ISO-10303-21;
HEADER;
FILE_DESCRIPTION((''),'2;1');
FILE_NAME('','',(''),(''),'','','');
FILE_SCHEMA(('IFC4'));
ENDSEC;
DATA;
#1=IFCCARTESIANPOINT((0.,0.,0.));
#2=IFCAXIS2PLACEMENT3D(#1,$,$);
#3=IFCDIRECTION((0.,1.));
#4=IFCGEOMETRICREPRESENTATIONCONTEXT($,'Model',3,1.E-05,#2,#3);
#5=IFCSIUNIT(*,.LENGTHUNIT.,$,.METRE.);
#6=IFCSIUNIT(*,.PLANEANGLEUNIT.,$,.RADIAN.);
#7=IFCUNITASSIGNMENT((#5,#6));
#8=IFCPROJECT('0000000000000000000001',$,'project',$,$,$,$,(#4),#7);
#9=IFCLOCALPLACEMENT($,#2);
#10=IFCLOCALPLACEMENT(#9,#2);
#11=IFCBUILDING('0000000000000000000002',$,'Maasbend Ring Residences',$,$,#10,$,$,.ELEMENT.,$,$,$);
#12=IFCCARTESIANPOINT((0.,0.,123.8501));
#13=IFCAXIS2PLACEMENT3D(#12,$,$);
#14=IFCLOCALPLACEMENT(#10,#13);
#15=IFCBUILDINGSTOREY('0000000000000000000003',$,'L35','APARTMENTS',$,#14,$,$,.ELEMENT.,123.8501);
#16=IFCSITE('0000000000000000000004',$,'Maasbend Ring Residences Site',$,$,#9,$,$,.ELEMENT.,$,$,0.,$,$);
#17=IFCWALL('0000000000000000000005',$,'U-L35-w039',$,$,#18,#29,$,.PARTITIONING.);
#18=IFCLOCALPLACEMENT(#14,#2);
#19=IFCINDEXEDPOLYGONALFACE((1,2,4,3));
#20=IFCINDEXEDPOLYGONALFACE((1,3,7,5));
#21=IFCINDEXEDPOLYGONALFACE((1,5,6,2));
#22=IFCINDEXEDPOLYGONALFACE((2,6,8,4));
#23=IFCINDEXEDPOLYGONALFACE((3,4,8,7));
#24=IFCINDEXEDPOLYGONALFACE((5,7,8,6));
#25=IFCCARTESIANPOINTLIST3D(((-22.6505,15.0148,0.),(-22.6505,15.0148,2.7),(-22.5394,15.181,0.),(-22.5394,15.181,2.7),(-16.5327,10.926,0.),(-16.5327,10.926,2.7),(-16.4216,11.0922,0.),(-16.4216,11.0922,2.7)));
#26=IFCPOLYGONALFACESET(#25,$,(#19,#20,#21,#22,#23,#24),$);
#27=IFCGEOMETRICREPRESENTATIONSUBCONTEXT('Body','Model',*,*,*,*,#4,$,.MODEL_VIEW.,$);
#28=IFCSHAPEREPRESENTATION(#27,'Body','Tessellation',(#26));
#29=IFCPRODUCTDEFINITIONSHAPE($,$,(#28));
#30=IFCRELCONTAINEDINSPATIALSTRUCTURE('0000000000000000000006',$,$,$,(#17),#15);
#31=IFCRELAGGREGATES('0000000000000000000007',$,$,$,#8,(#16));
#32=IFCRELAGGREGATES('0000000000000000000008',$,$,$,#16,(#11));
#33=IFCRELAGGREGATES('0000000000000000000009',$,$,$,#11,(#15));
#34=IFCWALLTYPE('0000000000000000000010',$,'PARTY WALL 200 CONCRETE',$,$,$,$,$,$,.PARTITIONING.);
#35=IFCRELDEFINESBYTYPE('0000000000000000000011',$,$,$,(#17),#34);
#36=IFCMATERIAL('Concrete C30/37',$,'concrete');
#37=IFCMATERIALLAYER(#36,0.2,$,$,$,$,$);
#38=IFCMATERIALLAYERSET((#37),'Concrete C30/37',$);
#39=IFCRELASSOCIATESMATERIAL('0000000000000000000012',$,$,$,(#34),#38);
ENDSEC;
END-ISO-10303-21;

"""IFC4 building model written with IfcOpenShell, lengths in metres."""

from ifc_helpers import new_model, si_unit, direction, frame, frame_2d, origin, place, context, subcontext, project, spatial, rectangle, extrude, material, layer, layer_set, type_object, element, save


model = new_model("IFC4")

# Units and contexts
model_context = context("Model", 3, precision=1e-05, world=origin(), true_north=direction((0.0, 1.0)))
body_context = subcontext(model_context, "Body", "Model", "MODEL_VIEW")
ifc_project = project(units=[si_unit("LENGTHUNIT", "METRE"), si_unit("PLANEANGLEUNIT", "RADIAN")], contexts=[model_context])

# Site, building, storey
site_placement = place(None, origin())
site = spatial("IfcSite", under=ifc_project, at=site_placement, Name="Maasbend Ring Residences Site", CompositionType="ELEMENT", RefElevation=0.0)
building_placement = place(site_placement, origin())
building = spatial("IfcBuilding", under=site, at=building_placement, Name="Maasbend Ring Residences", CompositionType="ELEMENT")
storey_placement = place(building_placement, frame((0.0, 0.0, 123.8501)))
storey = spatial("IfcBuildingStorey", under=building, at=storey_placement, Name="L35", Description="APARTMENTS", CompositionType="ELEMENT", Elevation=123.8501)

# Wall
ifc_material_1 = material(Name="Concrete C30/37", Category="concrete")
ifc_layer_1 = layer(ifc_material_1, 0.2)
ifc_layer_set_1 = layer_set([ifc_layer_1], Name="Concrete C30/37")
wall_type_1 = type_object("IfcWallType", Name="PARTY WALL 200 CONCRETE", PredefinedType="PARTITIONING", material=ifc_layer_set_1)
wall_1_placement = place(storey_placement, frame((-22.595, 15.0979, 0.0), z_axis=(0.0, 0.0, 1.0), x_axis=(0.831407, -0.555665, 0.0)))
element("IfcWall", 1, at=wall_1_placement, inside=storey, type_object=wall_type_1, Name="U-L35-w039", PredefinedType="PARTITIONING", context=body_context, shape_type="SweptSolid", body=[
    extrude(rectangle(XDim=7.3584, YDim=0.2, at=frame_2d((3.6792, 0.0))), origin(), (0.0, 0.0, 1.0), 2.7),
])

save(model, "model.ifc")
